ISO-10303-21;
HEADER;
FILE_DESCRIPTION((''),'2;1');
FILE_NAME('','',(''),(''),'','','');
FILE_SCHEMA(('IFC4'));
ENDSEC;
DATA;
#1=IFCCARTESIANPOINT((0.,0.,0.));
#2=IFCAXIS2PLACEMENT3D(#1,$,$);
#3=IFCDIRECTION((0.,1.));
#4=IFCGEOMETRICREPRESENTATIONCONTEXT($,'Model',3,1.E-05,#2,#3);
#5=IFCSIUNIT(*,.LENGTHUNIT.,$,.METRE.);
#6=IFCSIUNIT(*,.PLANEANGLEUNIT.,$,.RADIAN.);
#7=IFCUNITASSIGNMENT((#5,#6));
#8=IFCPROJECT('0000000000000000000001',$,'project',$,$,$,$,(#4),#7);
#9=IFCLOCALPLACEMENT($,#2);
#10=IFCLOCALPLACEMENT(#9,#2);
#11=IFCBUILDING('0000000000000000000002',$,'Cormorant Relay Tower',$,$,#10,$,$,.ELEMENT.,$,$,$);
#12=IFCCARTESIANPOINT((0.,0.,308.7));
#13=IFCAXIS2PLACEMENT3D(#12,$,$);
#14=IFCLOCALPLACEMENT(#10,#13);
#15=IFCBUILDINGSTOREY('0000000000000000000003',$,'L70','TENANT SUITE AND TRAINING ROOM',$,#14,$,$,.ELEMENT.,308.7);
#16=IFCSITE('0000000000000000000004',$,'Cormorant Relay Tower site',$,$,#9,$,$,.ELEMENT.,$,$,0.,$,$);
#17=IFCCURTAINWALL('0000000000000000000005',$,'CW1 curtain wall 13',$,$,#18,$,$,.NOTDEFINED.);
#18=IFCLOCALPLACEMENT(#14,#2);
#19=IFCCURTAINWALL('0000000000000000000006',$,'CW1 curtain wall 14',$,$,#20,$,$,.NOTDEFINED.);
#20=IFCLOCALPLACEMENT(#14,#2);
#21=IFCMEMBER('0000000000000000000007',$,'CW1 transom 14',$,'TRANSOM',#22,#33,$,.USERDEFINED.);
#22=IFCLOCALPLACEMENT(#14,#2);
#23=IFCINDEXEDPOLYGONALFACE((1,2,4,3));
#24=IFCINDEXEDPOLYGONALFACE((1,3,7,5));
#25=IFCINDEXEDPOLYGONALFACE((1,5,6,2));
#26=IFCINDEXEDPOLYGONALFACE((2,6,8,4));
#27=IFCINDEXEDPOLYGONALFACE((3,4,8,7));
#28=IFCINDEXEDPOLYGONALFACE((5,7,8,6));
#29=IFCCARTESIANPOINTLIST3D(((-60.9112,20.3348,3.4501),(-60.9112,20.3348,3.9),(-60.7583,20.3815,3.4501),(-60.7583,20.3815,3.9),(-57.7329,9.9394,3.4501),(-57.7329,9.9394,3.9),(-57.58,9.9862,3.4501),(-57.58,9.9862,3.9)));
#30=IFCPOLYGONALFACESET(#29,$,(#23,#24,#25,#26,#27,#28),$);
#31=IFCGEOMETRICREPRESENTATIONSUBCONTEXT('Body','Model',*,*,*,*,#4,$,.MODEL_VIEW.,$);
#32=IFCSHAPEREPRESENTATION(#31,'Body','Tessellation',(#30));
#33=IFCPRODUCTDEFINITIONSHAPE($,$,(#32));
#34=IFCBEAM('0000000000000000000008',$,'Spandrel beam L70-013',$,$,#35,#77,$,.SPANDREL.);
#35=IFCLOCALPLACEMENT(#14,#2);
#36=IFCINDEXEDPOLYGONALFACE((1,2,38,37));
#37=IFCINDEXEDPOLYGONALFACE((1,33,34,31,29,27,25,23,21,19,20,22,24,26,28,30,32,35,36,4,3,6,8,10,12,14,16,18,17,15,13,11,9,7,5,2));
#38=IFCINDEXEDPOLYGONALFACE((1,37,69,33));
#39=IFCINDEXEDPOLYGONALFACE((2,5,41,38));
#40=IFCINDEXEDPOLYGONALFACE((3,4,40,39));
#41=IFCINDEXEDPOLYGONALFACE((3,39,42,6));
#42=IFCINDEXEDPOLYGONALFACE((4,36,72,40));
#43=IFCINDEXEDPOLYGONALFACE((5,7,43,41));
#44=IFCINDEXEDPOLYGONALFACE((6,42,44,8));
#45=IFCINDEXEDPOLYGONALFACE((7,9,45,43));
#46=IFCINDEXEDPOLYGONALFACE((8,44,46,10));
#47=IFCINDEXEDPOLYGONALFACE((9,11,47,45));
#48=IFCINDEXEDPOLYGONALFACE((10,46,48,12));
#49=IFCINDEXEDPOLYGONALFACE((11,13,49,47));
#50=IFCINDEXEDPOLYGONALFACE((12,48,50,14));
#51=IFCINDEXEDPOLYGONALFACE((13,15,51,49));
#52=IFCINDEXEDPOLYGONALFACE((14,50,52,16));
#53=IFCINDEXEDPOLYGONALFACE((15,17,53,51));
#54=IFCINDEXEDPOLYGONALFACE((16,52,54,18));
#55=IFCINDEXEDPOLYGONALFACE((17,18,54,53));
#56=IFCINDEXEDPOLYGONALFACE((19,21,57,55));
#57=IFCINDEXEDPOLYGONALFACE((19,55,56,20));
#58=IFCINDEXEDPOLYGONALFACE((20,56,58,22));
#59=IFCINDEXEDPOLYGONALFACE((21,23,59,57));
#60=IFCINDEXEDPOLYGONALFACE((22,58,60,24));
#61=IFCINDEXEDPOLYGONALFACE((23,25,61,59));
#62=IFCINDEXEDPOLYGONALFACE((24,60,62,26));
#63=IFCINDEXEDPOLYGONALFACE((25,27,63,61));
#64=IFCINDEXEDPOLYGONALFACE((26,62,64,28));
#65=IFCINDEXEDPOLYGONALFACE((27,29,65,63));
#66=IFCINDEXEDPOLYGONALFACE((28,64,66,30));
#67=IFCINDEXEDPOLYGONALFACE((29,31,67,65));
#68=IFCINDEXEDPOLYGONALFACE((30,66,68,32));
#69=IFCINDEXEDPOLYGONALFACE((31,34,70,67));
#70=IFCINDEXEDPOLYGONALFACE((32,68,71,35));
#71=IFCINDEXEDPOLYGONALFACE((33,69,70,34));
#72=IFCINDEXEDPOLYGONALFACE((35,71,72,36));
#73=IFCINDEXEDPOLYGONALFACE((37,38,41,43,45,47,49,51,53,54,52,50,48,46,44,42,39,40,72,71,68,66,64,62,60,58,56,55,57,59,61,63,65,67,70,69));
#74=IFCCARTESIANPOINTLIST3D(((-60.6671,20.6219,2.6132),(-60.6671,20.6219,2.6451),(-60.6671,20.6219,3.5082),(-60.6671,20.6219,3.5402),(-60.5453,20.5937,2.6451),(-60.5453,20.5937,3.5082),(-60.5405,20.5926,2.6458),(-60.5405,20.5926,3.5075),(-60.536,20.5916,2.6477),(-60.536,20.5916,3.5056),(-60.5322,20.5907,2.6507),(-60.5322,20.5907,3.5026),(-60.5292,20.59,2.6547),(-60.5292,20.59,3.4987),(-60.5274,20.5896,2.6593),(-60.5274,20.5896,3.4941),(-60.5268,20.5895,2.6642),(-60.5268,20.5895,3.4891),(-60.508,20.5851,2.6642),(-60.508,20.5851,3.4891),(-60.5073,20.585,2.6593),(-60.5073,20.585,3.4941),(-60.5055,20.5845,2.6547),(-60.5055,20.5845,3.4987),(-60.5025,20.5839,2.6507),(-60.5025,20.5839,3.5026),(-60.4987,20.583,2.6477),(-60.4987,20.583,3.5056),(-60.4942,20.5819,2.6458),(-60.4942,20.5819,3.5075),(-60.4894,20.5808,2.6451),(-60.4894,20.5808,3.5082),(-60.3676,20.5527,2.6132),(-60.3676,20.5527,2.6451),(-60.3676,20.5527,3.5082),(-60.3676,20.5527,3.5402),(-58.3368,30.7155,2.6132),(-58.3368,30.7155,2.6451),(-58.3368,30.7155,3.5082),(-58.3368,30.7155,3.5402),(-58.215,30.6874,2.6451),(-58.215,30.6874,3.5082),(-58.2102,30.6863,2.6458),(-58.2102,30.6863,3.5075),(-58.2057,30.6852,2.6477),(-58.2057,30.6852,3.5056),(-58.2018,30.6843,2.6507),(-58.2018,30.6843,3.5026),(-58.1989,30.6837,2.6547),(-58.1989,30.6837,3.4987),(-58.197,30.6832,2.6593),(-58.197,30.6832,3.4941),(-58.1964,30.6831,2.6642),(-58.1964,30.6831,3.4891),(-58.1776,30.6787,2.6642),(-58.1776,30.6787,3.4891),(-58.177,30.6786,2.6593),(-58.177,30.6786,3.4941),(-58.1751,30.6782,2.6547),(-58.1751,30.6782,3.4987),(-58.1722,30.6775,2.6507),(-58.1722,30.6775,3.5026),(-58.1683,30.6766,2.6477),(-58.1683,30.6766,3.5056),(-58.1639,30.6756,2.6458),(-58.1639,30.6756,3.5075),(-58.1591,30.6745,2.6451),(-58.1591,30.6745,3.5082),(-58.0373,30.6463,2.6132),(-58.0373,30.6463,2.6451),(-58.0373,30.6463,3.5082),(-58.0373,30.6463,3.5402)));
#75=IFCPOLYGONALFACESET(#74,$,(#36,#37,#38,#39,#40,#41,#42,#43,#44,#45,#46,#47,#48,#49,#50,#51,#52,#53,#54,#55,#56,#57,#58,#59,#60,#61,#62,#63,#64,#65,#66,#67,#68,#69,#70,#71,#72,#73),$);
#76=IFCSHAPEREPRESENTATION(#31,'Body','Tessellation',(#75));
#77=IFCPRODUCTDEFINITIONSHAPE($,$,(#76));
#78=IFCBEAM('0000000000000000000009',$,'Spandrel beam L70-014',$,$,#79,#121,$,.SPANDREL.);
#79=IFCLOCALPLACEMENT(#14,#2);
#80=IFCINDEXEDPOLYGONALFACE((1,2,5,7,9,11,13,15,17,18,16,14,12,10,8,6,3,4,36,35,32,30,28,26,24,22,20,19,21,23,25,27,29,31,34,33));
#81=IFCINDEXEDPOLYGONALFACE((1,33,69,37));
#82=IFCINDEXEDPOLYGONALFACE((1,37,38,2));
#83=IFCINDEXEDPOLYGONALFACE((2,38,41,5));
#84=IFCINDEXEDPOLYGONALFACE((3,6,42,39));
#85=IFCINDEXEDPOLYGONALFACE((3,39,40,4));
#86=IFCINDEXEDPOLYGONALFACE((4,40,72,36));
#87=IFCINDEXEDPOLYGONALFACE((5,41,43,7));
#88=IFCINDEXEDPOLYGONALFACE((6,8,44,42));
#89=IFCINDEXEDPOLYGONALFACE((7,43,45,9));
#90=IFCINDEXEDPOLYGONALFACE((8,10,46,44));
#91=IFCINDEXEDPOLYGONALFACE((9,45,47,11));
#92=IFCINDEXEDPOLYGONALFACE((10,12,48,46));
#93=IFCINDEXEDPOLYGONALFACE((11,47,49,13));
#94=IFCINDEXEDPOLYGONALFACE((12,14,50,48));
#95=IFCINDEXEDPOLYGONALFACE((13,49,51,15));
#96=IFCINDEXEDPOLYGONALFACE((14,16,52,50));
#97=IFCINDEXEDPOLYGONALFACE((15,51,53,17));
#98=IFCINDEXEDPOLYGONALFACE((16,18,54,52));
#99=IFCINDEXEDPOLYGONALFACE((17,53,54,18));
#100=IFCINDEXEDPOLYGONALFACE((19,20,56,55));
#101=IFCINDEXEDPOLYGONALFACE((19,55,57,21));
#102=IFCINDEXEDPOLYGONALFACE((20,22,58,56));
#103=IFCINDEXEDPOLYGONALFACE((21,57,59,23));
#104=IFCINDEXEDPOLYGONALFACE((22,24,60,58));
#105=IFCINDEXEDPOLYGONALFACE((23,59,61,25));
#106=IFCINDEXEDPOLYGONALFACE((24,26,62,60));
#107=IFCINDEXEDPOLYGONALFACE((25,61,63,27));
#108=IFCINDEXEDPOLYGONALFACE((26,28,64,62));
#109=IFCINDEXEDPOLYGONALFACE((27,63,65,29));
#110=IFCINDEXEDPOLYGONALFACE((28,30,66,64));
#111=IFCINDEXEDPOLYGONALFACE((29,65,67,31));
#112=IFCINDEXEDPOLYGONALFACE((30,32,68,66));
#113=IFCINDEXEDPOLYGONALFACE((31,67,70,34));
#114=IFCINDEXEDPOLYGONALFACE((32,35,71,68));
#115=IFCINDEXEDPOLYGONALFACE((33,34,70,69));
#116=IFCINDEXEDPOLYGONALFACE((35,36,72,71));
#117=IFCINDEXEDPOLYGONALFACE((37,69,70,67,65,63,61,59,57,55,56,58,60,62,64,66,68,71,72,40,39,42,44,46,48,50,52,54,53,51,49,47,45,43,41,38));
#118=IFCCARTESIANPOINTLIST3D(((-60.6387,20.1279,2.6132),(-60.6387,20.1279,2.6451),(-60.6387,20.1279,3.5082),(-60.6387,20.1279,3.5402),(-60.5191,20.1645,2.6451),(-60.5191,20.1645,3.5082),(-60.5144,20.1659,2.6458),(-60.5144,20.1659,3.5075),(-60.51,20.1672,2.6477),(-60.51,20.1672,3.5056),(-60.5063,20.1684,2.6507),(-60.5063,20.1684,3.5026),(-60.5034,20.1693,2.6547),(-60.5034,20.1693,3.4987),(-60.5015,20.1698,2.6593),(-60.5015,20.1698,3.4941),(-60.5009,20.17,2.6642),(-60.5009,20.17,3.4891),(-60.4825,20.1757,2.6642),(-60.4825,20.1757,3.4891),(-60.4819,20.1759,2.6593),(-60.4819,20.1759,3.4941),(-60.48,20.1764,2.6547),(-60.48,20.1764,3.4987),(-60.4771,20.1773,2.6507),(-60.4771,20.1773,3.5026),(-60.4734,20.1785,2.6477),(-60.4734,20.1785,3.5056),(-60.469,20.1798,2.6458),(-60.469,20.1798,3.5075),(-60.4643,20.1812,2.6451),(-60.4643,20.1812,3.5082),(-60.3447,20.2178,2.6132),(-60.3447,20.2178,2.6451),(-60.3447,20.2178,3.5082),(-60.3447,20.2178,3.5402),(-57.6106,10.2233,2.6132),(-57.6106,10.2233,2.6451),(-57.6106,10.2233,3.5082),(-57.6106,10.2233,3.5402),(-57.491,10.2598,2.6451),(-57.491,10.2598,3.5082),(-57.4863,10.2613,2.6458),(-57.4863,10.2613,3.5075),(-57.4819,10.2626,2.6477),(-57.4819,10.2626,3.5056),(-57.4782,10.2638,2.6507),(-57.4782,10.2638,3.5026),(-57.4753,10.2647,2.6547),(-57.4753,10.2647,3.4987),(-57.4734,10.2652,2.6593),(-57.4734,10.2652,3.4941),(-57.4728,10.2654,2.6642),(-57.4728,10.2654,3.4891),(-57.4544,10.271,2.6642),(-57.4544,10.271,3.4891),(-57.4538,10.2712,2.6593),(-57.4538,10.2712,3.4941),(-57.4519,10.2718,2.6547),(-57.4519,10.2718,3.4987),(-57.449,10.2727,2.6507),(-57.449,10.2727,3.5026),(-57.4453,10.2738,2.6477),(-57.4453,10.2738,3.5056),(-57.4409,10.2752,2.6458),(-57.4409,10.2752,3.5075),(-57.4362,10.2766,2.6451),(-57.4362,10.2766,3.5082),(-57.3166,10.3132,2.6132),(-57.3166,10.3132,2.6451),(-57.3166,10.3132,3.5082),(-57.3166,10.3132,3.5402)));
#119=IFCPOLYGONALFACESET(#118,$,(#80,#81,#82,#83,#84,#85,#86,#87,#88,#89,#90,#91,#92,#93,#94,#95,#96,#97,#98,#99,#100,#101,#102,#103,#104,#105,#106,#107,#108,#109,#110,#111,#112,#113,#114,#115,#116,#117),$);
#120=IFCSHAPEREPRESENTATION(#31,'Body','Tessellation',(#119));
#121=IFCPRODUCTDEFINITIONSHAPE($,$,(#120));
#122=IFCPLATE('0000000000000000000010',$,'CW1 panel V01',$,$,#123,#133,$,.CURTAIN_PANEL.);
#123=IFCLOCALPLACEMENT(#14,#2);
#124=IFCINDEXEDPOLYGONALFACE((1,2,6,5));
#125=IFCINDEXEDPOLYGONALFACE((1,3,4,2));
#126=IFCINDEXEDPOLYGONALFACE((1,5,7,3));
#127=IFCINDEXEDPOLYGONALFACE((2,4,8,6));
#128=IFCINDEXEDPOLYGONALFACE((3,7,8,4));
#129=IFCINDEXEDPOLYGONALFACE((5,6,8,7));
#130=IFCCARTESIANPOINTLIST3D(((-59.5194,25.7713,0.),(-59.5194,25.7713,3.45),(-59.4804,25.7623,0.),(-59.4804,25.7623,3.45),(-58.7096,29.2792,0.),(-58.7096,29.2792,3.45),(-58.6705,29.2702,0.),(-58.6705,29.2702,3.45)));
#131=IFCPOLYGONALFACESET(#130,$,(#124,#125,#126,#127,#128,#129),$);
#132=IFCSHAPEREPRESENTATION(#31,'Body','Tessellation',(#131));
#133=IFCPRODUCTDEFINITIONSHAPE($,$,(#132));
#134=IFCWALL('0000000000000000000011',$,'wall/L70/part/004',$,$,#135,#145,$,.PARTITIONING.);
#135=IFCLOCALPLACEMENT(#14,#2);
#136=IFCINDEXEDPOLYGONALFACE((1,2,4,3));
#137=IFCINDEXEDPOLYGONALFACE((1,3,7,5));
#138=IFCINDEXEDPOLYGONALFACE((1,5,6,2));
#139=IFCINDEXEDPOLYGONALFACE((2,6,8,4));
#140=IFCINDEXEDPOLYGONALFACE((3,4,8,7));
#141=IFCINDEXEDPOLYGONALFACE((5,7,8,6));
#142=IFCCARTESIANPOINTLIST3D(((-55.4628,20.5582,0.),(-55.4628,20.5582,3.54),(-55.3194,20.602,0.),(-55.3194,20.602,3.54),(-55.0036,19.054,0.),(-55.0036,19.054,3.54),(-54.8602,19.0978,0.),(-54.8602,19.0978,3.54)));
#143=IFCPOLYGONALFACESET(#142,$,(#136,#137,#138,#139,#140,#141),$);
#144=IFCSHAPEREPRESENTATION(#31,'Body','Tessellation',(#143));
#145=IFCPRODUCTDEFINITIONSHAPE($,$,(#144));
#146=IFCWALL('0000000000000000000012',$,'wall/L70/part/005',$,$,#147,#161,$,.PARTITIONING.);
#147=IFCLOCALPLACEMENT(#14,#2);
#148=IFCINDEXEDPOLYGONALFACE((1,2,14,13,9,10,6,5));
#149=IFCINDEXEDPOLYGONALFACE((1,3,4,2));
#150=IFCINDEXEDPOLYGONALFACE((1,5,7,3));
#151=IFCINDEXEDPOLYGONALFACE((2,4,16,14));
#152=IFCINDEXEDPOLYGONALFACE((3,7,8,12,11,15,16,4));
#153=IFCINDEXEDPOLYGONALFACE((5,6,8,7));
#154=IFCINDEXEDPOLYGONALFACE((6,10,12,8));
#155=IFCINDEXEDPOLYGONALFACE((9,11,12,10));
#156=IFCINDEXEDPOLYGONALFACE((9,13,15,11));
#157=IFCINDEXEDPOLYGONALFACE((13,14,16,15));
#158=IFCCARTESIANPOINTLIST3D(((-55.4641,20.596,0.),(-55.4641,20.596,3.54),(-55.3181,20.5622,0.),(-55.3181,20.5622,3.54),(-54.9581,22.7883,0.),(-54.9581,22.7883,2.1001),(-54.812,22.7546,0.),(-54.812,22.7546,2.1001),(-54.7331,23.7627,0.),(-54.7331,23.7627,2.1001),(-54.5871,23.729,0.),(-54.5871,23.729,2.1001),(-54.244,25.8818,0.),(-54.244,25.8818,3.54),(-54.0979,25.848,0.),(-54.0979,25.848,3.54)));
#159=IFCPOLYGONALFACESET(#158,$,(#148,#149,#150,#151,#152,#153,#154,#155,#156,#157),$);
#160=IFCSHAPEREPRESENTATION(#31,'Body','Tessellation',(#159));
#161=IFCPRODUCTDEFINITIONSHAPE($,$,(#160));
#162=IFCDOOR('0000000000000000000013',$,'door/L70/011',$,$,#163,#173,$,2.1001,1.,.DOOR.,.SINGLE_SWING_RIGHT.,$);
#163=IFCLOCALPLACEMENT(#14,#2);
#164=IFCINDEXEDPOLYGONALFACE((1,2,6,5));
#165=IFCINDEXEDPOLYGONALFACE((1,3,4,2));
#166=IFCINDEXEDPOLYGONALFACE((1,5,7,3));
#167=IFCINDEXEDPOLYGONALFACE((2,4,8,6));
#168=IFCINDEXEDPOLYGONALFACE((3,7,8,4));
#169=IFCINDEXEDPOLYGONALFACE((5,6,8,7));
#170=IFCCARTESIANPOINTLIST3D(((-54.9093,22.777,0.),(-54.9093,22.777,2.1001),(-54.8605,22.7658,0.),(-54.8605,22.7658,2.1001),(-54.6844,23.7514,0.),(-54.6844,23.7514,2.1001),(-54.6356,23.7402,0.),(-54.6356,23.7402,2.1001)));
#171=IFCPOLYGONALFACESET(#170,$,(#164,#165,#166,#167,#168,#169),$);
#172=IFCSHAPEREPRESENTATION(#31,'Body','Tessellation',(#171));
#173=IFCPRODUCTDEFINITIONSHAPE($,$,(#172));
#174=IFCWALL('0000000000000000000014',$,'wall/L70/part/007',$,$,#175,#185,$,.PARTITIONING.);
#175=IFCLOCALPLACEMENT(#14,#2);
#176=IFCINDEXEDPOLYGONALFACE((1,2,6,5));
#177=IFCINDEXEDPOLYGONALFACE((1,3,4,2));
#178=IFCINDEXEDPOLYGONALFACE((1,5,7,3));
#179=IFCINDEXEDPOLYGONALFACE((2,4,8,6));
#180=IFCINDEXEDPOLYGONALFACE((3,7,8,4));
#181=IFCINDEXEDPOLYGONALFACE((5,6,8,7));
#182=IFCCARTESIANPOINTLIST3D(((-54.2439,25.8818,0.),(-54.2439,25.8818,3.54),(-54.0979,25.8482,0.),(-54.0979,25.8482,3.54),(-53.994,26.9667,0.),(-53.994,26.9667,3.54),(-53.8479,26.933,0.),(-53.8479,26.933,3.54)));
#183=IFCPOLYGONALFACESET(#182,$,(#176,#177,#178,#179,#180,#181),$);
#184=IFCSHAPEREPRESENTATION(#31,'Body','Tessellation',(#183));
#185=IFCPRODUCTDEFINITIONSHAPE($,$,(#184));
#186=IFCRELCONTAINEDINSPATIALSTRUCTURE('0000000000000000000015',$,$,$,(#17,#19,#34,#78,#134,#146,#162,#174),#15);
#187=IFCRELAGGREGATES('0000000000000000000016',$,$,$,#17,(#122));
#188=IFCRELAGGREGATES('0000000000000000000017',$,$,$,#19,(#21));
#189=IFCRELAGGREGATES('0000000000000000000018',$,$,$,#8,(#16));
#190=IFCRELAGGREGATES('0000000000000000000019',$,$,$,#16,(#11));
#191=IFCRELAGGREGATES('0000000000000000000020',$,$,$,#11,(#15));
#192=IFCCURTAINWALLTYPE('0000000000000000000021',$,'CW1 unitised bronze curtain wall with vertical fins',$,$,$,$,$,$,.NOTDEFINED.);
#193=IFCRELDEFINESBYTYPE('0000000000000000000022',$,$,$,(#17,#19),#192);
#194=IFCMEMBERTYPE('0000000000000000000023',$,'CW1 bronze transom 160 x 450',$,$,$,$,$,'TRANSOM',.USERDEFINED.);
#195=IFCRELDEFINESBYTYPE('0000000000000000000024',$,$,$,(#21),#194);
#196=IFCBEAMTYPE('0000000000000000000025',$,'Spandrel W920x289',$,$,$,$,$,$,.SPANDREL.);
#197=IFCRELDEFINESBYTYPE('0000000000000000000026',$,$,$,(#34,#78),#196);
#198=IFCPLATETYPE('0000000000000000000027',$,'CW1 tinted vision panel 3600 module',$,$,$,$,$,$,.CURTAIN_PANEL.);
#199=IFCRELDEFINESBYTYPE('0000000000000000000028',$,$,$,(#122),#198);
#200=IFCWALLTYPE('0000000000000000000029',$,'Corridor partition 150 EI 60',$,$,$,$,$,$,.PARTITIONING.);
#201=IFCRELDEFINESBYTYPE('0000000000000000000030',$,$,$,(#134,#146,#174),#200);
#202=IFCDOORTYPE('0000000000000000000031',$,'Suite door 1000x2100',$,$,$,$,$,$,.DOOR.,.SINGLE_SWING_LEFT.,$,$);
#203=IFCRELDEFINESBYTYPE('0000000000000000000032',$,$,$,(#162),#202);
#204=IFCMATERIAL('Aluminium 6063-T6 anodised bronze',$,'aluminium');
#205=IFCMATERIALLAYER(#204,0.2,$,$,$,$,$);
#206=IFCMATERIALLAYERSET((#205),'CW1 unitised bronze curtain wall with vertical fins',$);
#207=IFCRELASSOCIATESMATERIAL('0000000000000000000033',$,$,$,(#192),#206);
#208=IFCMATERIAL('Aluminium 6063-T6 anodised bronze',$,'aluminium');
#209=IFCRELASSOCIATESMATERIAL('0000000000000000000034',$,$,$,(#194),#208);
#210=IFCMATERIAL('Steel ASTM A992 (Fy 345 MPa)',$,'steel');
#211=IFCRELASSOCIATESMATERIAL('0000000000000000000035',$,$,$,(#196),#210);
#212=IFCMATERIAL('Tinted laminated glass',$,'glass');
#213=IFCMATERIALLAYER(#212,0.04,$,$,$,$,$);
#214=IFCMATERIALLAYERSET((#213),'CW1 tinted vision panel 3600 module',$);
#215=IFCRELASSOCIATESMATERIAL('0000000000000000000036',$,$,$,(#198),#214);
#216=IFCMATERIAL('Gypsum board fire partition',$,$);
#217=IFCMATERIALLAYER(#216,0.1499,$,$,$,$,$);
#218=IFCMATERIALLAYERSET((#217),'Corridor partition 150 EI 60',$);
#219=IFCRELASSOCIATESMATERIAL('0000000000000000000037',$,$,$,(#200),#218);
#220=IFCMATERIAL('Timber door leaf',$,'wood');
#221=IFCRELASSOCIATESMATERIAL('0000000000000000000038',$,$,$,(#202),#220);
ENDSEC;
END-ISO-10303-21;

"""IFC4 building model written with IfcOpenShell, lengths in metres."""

from ifc_helpers import new_model, si_unit, direction, frame, frame_2d, origin, origin_2d, place, context, subcontext, project, spatial, rectangle, i_section, extrude, material, layer, layer_set, material_profile, profile_set, type_object, element, fill, aggregate, save


model = new_model("IFC4")

# Units and contexts
model_context = context("Model", 3, precision=1e-05, world=origin(), true_north=direction((0.0, 1.0)))
body_context = subcontext(model_context, "Body", "Model", "MODEL_VIEW")
ifc_project = project(units=[si_unit("LENGTHUNIT", "METRE"), si_unit("PLANEANGLEUNIT", "RADIAN")], contexts=[model_context])

# Site, building, storey
site_placement = place(None, origin())
site = spatial("IfcSite", under=ifc_project, at=site_placement, Name="Cormorant Relay Tower site", CompositionType="ELEMENT", RefElevation=0.0)
building_placement = place(site_placement, origin())
building = spatial("IfcBuilding", under=site, at=building_placement, Name="Cormorant Relay Tower", CompositionType="ELEMENT")
storey_placement = place(building_placement, frame((0.0, 0.0, 308.7)))
storey = spatial("IfcBuildingStorey", under=building, at=storey_placement, Name="L70", Description="TENANT SUITE AND TRAINING ROOM", CompositionType="ELEMENT", Elevation=308.7)

# Curtain wall
ifc_material_1 = material(Name="Aluminium 6063-T6 anodised bronze", Category="aluminium")
ifc_layer_1 = layer(ifc_material_1, 0.2)
ifc_layer_set_1 = layer_set([ifc_layer_1], Name="CW1 unitised bronze curtain wall with vertical fins")
curtain_wall_type = type_object("IfcCurtainWallType", Name="CW1 unitised bronze curtain wall with vertical fins", PredefinedType="NOTDEFINED", material=ifc_layer_set_1)
curtain_wall_1_placement = place(storey_placement, origin())
curtain_wall_1 = element("IfcCurtainWall", 1, at=curtain_wall_1_placement, inside=storey, type_object=curtain_wall_type, Name="CW1 curtain wall 13", PredefinedType="NOTDEFINED")

# Curtain wall
curtain_wall_2_placement = place(storey_placement, origin())
curtain_wall_2 = element("IfcCurtainWall", 2, at=curtain_wall_2_placement, inside=storey, type_object=curtain_wall_type, Name="CW1 curtain wall 14", PredefinedType="NOTDEFINED")

# Member
ifc_material_2 = material(Name="Aluminium 6063-T6 anodised bronze", Category="aluminium")
ifc_material_profile_1 = material_profile(ifc_material_2, rectangle(XDim=0.1599, YDim=0.45, at=origin_2d()), Name="AL 160x450")
ifc_profile_set_1 = profile_set([ifc_material_profile_1], Name="Aluminium 6063-T6 anodised bronze")
member_type_1 = type_object("IfcMemberType", Name="CW1 bronze transom 160 x 450", ElementType="TRANSOM", PredefinedType="USERDEFINED", material=ifc_profile_set_1)
member_1_placement = place(storey_placement, frame((-60.8347, 20.3582, 3.675), z_axis=(0.292378, -0.956303, 0.0), x_axis=(0.956303, 0.292378, 0.0)))
member_1 = element("IfcMember", 3, at=member_1_placement, type_object=member_type_1, Name="CW1 transom 14", ObjectType="TRANSOM", PredefinedType="USERDEFINED", context=body_context, shape_type="SweptSolid", body=[
    extrude(rectangle(XDim=0.1599, YDim=0.45, at=origin_2d()), origin(), (0.0, 0.0, 1.0), 10.8704),
])

# Beams
ifc_material_3 = material(Name="Steel ASTM A992 (Fy 345 MPa)", Category="steel")
ifc_material_profile_2 = material_profile(ifc_material_3, i_section(OverallWidth=0.3074, OverallDepth=0.927, WebThickness=0.0193, FlangeThickness=0.032, FilletRadius=0.019, at=origin_2d()), Name="W920x289")
ifc_profile_set_2 = profile_set([ifc_material_profile_2], Name="Steel ASTM A992 (Fy 345 MPa)")
beam_type = type_object("IfcBeamType", Name="Spandrel W920x289", PredefinedType="SPANDREL", material=ifc_profile_set_2)
beam_1_placement = place(storey_placement, frame((-58.187, 30.6809, 3.0767), z_axis=(-0.224956, -0.974369, 0.0), x_axis=(0.974369, -0.224956, 0.0)))
element("IfcBeam", 4, at=beam_1_placement, inside=storey, type_object=beam_type, Name="Spandrel beam L70-013", PredefinedType="SPANDREL", context=body_context, shape_type="SweptSolid", body=[
    extrude(i_section(OverallWidth=0.3074, OverallDepth=0.927, WebThickness=0.0193, FlangeThickness=0.032, FilletRadius=0.019, at=origin_2d()), origin(), (0.0, 0.0, 1.0), 10.3591),
])
beam_2_placement = place(storey_placement, frame((-60.4917, 20.1729, 3.0767), z_axis=(0.292368, -0.956306, 0.0), x_axis=(0.956306, 0.292368, 0.0)))
element("IfcBeam", 5, at=beam_2_placement, inside=storey, type_object=beam_type, Name="Spandrel beam L70-014", PredefinedType="SPANDREL", context=body_context, shape_type="SweptSolid", body=[
    extrude(i_section(OverallWidth=0.3074, OverallDepth=0.927, WebThickness=0.0193, FlangeThickness=0.032, FilletRadius=0.019, at=origin_2d()), origin(), (0.0, 0.0, 1.0), 10.3572),
])

# Plate
ifc_material_4 = material(Name="Tinted laminated glass", Category="glass")
ifc_layer_2 = layer(ifc_material_4, 0.04)
ifc_layer_set_2 = layer_set([ifc_layer_2], Name="CW1 tinted vision panel 3600 module")
plate_type = type_object("IfcPlateType", Name="CW1 tinted vision panel 3600 module", PredefinedType="CURTAIN_PANEL", material=ifc_layer_set_2)
plate_placement = place(storey_placement, frame((-59.095, 27.5208, 0.0), z_axis=(0.0, 0.0, 1.0), x_axis=(-0.224951, -0.97437, 0.0)))
plate = element("IfcPlate", 6, at=plate_placement, type_object=plate_type, Name="CW1 panel V01", PredefinedType="CURTAIN_PANEL", context=body_context, shape_type="SweptSolid", body=[
    extrude(rectangle(XDim=3.6001, YDim=0.04, at=origin_2d()), origin(), (0.0, 0.0, 1.0), 3.45),
])

# Wall
ifc_material_5 = material(Name="Gypsum board fire partition")
ifc_layer_3 = layer(ifc_material_5, 0.1499)
ifc_layer_set_3 = layer_set([ifc_layer_3], Name="Corridor partition 150 EI 60")
wall_type_1 = type_object("IfcWallType", Name="Corridor partition 150 EI 60", PredefinedType="PARTITIONING", material=ifc_layer_set_3)
wall_1_placement = place(storey_placement, frame((-55.3911, 20.5801, 0.0), z_axis=(0.0, 0.0, 1.0), x_axis=(0.292002, -0.956418, 0.0)))
element("IfcWall", 7, at=wall_1_placement, inside=storey, type_object=wall_type_1, Name="wall/L70/part/004", PredefinedType="PARTITIONING", context=body_context, shape_type="SweptSolid", body=[
    extrude(rectangle(XDim=1.5728, YDim=0.1499, at=frame_2d((0.7864, 0.0))), origin(), (0.0, 0.0, 1.0), 3.54),
])

# Wall, opening, door
wall_2_placement = place(storey_placement, frame((-55.3911, 20.5791, 0.0), z_axis=(0.0, 0.0, 1.0), x_axis=(0.224929, 0.974375, 0.0)))
wall_2 = element("IfcWall", 8, at=wall_2_placement, inside=storey, type_object=wall_type_1, Name="wall/L70/part/005", PredefinedType="PARTITIONING", context=body_context, shape_type="SweptSolid", body=[
    extrude(rectangle(XDim=5.4248, YDim=0.1499, at=frame_2d((2.7124, 0.0))), origin(), (0.0, 0.0, 1.0), 3.54),
])
opening_1_placement = place(wall_2_placement, frame((2.25, 0.0, 0.0)))
opening_1 = element("IfcOpeningElement", 9, at=opening_1_placement, cuts=wall_2, PredefinedType="OPENING", context=body_context, shape_type="SweptSolid", body=[
    extrude(rectangle(XDim=1.0, YDim=2.1001, at=frame_2d((0.5, 1.05))), frame((0.0, 0.085, 0.0), z_axis=(0.0, -1.0, 0.0), x_axis=(1.0, 0.0, 0.0)), (0.0, 0.0, 1.0), 0.1699),
])
ifc_material_6 = material(Name="Timber door leaf", Category="wood")
door_type = type_object("IfcDoorType", Name="Suite door 1000x2100", OperationType="SINGLE_SWING_LEFT", PredefinedType="DOOR", material=ifc_material_6)
door_1_placement = place(opening_1_placement, origin())
door_1 = element("IfcDoor", 10, at=door_1_placement, inside=storey, type_object=door_type, Name="door/L70/011", OperationType="SINGLE_SWING_RIGHT", OverallHeight=2.1001, OverallWidth=1.0, PredefinedType="DOOR", context=body_context, shape_type="SweptSolid", body=[
    extrude(rectangle(XDim=1.0, YDim=2.1001, at=frame_2d((0.5, 1.05))), frame((0.0, 0.0249, 0.0), z_axis=(0.0, -1.0, 0.0), x_axis=(1.0, 0.0, 0.0)), (0.0, 0.0, 1.0), 0.05),
])
fill(opening_1, door_1)

# Wall
wall_3_placement = place(storey_placement, frame((-54.1709, 25.865, 0.0), z_axis=(0.0, 0.0, 1.0), x_axis=(0.224539, 0.974465, 0.0)))
element("IfcWall", 11, at=wall_3_placement, inside=storey, type_object=wall_type_1, Name="wall/L70/part/007", PredefinedType="PARTITIONING", context=body_context, shape_type="SweptSolid", body=[
    extrude(rectangle(XDim=1.1133, YDim=0.1499, at=frame_2d((0.5566, 0.0))), origin(), (0.0, 0.0, 1.0), 3.54),
])

aggregate(curtain_wall_1, [plate])
aggregate(curtain_wall_2, [member_1])

save(model, "model.ifc")
